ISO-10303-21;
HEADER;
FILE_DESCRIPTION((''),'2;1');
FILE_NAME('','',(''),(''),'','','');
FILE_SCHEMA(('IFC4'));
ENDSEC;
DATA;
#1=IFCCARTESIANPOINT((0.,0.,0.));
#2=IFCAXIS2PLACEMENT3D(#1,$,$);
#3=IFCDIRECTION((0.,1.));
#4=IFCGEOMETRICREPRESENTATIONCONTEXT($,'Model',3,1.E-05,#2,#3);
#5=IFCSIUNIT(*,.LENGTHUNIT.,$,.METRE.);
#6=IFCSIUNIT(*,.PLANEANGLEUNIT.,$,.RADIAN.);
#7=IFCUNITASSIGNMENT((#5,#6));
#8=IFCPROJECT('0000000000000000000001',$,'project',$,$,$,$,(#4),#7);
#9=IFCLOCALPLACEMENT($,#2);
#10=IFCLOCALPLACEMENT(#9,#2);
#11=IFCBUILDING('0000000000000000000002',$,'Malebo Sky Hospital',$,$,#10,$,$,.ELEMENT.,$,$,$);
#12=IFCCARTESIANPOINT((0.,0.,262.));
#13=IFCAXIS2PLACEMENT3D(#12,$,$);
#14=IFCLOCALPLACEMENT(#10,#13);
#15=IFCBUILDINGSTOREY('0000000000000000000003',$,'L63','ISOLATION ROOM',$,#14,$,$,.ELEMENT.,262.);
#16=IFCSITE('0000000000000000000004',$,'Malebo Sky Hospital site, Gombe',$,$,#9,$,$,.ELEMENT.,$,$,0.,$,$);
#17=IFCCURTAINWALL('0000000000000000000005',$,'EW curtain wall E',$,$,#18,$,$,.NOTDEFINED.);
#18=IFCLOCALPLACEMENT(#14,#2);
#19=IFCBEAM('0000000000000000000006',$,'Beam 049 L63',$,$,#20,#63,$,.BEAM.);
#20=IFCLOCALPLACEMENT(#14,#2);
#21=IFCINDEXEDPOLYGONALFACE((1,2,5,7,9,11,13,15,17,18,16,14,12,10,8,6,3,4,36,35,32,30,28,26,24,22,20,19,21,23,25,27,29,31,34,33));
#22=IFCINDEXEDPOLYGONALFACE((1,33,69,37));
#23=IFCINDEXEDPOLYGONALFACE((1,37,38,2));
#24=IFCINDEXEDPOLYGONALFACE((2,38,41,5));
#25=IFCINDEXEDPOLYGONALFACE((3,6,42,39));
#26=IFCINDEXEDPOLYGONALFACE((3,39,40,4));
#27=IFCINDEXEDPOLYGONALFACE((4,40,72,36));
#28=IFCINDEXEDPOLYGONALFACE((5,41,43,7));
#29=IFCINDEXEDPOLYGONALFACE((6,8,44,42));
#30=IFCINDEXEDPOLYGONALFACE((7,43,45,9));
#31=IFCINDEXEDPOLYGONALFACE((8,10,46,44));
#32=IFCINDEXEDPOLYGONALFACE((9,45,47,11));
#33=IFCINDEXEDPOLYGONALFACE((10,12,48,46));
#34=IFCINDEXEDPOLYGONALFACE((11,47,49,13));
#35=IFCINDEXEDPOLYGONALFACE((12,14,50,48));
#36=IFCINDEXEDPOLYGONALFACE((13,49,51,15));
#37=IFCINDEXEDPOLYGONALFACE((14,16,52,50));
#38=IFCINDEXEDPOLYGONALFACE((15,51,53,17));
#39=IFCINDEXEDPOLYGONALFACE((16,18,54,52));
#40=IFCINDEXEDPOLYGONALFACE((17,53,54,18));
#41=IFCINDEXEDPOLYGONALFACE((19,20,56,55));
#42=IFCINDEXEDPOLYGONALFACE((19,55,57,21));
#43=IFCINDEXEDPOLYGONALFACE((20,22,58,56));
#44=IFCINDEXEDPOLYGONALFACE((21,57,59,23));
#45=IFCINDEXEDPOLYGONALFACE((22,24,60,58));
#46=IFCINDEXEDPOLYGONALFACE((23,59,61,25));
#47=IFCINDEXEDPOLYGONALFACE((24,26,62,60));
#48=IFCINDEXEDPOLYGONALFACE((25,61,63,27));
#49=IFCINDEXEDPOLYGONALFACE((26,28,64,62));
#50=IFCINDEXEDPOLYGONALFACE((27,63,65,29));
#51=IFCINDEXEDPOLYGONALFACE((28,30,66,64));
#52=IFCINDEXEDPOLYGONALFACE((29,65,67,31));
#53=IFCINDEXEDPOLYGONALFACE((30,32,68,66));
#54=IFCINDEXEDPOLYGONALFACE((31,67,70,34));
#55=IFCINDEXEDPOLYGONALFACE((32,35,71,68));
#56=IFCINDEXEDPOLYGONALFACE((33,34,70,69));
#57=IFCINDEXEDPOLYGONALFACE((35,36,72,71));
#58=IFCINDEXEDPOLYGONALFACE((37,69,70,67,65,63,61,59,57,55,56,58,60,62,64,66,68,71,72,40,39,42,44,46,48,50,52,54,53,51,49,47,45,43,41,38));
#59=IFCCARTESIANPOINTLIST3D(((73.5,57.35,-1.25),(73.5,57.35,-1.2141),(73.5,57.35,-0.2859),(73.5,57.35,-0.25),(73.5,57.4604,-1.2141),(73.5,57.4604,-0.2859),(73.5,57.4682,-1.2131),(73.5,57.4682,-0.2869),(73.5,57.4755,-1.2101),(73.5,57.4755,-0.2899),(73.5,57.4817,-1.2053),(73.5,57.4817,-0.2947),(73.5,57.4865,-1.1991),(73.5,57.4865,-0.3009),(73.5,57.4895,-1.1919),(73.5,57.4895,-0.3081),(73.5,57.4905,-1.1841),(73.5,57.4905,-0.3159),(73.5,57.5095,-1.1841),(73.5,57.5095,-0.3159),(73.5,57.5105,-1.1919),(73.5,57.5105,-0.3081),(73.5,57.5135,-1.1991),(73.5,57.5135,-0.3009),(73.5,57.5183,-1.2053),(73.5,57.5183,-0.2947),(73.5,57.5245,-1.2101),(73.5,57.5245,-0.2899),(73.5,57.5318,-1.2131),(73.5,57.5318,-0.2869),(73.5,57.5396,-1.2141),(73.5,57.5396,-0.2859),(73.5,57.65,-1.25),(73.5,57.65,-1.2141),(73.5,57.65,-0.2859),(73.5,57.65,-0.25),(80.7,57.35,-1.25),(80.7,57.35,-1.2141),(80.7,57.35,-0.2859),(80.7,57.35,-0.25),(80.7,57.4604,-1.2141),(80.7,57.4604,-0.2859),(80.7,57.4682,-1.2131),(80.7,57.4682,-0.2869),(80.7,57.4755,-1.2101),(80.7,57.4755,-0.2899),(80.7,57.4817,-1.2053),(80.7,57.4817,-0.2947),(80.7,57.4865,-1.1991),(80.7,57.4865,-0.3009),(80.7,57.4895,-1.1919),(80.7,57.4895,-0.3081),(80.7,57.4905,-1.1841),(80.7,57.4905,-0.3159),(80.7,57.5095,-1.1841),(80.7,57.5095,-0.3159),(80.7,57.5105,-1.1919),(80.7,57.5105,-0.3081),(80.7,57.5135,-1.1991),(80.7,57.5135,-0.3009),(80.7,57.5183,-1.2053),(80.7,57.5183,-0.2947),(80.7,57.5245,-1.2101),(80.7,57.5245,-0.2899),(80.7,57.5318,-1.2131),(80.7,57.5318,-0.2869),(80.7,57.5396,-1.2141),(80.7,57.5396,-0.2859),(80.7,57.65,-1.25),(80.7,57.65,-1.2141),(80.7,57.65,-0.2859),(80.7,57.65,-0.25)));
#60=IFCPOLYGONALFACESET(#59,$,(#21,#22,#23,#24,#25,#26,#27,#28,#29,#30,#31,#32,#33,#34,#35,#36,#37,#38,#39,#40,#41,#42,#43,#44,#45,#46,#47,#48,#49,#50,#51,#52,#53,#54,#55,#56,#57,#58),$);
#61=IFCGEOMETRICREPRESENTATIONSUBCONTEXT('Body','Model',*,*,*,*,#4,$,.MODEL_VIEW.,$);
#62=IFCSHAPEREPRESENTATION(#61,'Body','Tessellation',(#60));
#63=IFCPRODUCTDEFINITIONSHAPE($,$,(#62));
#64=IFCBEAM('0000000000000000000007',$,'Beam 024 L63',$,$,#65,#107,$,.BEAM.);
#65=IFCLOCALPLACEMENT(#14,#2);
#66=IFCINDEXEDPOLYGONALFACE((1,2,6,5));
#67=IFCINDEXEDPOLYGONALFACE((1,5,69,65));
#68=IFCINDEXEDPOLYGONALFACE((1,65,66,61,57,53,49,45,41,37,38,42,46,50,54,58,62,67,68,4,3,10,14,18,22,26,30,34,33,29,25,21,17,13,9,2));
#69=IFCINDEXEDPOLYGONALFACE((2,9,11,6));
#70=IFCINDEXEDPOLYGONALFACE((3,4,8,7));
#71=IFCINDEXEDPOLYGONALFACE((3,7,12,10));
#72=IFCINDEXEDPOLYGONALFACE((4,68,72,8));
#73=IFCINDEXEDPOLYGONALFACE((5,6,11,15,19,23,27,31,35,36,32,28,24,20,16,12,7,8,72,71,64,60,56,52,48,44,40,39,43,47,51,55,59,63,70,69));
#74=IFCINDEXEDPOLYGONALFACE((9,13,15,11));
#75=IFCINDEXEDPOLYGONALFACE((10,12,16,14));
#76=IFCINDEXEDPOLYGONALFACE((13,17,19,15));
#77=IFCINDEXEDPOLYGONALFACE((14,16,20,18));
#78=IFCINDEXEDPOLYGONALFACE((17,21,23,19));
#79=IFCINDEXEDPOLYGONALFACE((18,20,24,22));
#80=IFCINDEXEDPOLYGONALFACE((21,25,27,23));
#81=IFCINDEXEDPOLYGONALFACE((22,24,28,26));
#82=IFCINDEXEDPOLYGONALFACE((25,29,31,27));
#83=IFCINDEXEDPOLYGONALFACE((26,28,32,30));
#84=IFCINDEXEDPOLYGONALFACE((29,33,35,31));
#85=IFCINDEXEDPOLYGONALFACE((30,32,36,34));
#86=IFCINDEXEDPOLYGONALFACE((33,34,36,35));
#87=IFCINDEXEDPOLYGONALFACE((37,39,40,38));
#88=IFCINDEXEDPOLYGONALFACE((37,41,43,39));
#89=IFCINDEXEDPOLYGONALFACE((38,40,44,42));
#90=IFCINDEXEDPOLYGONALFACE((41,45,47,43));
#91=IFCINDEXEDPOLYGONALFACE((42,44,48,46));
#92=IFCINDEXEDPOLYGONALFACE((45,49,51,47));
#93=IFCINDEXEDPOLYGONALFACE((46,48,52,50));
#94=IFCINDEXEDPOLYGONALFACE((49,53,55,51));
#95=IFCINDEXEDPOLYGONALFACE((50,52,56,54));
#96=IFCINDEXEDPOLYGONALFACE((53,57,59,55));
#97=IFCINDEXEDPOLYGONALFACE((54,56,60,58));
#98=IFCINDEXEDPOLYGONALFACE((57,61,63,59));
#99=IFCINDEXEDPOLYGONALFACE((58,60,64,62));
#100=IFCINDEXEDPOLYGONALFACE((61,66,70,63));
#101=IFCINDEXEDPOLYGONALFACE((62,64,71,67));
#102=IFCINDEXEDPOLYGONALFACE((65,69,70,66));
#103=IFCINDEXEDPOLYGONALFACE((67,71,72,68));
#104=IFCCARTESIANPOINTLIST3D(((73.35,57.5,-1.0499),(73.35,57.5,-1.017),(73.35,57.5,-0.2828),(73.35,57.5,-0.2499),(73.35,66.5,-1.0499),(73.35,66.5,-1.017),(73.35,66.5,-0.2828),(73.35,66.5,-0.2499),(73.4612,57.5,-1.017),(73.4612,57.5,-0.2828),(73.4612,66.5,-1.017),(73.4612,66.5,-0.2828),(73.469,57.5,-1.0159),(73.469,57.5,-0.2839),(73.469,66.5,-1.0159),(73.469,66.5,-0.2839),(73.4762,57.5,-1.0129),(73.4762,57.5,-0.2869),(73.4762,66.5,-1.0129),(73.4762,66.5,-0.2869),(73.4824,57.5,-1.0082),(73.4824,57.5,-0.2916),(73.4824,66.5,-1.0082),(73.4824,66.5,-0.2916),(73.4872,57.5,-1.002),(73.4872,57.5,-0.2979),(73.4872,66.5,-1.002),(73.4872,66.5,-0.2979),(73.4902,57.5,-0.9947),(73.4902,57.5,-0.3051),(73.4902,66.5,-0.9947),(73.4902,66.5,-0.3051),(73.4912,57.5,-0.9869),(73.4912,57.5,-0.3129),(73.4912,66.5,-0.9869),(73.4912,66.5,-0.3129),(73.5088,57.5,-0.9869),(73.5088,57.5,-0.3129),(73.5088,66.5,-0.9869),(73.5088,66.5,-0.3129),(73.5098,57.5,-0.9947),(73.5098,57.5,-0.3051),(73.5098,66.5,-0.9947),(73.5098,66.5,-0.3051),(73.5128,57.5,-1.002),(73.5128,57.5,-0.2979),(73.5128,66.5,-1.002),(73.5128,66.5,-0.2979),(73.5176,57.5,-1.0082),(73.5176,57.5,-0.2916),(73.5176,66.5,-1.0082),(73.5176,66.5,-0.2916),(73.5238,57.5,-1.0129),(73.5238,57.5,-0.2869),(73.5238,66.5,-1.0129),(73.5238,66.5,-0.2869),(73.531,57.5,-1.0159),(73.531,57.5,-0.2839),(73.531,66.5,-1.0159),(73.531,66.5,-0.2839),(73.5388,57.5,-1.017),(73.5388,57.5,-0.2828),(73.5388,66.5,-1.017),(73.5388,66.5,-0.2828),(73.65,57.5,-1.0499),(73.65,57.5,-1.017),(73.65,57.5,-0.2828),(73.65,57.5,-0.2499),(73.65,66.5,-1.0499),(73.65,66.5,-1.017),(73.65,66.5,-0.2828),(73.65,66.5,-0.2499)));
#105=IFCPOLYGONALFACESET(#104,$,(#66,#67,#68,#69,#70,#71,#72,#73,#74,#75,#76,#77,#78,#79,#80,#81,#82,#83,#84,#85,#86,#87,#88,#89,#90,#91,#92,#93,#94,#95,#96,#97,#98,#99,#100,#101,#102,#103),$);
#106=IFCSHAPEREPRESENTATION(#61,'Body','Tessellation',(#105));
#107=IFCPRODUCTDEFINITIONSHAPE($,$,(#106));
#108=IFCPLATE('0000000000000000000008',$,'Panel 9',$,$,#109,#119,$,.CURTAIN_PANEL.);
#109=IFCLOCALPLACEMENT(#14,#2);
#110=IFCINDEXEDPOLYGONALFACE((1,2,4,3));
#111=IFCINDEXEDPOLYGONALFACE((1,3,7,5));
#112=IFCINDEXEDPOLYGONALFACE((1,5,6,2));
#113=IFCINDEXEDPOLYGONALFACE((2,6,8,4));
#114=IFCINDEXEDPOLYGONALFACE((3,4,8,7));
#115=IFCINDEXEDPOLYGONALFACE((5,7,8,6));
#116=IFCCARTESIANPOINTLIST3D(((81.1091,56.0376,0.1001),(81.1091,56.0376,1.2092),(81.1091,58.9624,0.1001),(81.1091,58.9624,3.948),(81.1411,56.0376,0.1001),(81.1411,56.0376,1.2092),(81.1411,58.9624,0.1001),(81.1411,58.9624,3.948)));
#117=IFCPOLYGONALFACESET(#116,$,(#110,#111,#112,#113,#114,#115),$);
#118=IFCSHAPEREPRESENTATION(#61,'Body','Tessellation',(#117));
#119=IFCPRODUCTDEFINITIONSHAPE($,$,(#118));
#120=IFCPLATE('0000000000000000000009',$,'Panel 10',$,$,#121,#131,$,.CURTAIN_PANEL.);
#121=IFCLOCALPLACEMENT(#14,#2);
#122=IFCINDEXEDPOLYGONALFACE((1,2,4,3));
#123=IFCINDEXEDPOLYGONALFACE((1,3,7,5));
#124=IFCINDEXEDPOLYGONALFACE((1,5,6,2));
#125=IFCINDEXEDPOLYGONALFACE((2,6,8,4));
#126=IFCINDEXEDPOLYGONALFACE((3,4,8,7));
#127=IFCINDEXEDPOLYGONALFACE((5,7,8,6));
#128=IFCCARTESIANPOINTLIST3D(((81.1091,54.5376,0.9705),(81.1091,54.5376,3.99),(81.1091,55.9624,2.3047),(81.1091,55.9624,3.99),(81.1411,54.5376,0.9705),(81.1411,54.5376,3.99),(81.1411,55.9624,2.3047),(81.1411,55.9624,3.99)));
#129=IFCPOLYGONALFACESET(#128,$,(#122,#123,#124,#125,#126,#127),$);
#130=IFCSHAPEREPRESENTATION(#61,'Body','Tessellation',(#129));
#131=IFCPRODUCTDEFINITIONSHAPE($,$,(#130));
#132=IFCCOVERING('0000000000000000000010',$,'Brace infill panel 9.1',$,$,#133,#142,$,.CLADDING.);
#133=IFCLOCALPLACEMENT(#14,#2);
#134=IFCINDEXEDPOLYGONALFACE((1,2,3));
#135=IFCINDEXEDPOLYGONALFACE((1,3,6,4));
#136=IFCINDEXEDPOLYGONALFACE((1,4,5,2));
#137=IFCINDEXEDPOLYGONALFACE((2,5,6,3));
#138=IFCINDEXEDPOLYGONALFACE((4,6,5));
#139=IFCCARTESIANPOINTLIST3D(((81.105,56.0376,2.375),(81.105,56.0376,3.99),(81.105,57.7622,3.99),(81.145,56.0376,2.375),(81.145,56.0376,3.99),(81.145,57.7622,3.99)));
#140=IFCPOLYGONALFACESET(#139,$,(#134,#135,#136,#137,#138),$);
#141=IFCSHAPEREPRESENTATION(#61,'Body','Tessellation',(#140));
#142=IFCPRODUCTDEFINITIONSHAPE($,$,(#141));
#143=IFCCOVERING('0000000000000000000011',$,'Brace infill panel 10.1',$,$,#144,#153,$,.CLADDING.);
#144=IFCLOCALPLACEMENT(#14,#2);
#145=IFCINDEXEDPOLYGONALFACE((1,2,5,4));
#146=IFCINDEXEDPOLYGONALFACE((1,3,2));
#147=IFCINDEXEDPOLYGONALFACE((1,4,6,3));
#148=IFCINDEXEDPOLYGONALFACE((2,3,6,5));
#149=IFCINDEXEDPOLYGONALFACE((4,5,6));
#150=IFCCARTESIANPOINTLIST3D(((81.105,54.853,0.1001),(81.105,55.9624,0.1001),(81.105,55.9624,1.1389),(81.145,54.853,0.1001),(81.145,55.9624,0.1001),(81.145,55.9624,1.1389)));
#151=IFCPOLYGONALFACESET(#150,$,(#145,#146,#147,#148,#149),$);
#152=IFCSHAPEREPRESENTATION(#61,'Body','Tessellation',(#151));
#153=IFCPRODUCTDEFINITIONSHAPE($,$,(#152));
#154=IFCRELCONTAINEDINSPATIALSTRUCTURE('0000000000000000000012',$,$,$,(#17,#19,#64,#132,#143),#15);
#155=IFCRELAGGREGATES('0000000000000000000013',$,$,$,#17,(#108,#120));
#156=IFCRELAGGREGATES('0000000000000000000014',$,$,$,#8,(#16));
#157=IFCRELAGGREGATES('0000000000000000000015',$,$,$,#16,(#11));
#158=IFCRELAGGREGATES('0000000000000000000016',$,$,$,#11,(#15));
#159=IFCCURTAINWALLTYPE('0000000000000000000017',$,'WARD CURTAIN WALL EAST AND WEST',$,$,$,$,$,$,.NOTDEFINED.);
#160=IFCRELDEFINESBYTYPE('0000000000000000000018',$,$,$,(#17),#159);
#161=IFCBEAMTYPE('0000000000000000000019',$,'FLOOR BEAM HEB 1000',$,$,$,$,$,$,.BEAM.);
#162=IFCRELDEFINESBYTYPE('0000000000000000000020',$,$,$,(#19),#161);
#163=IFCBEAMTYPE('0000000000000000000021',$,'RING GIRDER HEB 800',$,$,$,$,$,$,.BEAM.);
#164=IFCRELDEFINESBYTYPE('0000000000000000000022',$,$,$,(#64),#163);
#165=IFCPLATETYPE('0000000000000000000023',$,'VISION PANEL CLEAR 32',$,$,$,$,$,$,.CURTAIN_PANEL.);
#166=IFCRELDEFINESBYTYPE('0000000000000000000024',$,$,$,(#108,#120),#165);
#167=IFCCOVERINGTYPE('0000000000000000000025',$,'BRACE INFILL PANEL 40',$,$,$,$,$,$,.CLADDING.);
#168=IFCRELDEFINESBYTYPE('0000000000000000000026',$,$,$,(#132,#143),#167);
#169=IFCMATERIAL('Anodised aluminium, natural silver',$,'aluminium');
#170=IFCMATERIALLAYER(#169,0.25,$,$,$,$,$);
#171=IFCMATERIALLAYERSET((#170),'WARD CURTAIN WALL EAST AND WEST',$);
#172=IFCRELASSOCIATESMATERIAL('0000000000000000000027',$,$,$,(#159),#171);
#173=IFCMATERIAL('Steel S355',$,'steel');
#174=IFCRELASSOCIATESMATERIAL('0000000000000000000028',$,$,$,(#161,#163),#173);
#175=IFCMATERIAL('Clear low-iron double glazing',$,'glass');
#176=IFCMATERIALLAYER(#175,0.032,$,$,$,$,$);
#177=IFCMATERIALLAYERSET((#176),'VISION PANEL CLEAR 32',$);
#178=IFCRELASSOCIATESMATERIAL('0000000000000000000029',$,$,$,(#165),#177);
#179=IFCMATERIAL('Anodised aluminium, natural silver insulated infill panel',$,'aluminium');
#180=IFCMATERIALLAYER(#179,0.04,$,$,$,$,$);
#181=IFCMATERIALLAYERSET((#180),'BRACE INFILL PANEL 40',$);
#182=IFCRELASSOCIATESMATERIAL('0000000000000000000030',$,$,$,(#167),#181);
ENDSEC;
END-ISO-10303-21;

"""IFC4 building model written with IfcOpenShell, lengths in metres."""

from ifc_helpers import new_model, si_unit, direction, frame, origin, origin_2d, place, context, subcontext, project, spatial, polyline, i_section, outline, extrude, material, layer, layer_set, material_profile, profile_set, type_object, element, aggregate, save


model = new_model("IFC4")

# Units and contexts
model_context = context("Model", 3, precision=1e-05, world=origin(), true_north=direction((0.0, 1.0)))
body_context = subcontext(model_context, "Body", "Model", "MODEL_VIEW")
ifc_project = project(units=[si_unit("LENGTHUNIT", "METRE"), si_unit("PLANEANGLEUNIT", "RADIAN")], contexts=[model_context])

# Site, building, storey
site_placement = place(None, origin())
site = spatial("IfcSite", under=ifc_project, at=site_placement, Name="Malebo Sky Hospital site, Gombe", CompositionType="ELEMENT", RefElevation=0.0)
building_placement = place(site_placement, origin())
building = spatial("IfcBuilding", under=site, at=building_placement, Name="Malebo Sky Hospital", CompositionType="ELEMENT")
storey_placement = place(building_placement, frame((0.0, 0.0, 262.0)))
storey = spatial("IfcBuildingStorey", under=building, at=storey_placement, Name="L63", Description="ISOLATION ROOM", CompositionType="ELEMENT", Elevation=262.0)

# Curtain wall
ifc_material_1 = material(Name="Anodised aluminium, natural silver", Category="aluminium")
ifc_layer_1 = layer(ifc_material_1, 0.25)
ifc_layer_set_1 = layer_set([ifc_layer_1], Name="WARD CURTAIN WALL EAST AND WEST")
curtain_wall_type = type_object("IfcCurtainWallType", Name="WARD CURTAIN WALL EAST AND WEST", PredefinedType="NOTDEFINED", material=ifc_layer_set_1)
curtain_wall_placement = place(storey_placement, origin())
curtain_wall = element("IfcCurtainWall", 1, at=curtain_wall_placement, inside=storey, type_object=curtain_wall_type, Name="EW curtain wall E", PredefinedType="NOTDEFINED")

# Beams
ifc_material_2 = material(Name="Steel S355", Category="steel")
ifc_material_profile_1 = material_profile(ifc_material_2, i_section(OverallWidth=0.3, OverallDepth=1.0, WebThickness=0.019, FlangeThickness=0.0359, FilletRadius=0.03, at=origin_2d()), Name="HEB 1000")
ifc_profile_set_1 = profile_set([ifc_material_profile_1], Name="Steel S355")
beam_type_1 = type_object("IfcBeamType", Name="FLOOR BEAM HEB 1000", PredefinedType="BEAM", material=ifc_profile_set_1)
beam_1_placement = place(storey_placement, frame((73.5, 57.5, -0.75), z_axis=(1.0, 0.0, 0.0), x_axis=(0.0, 1.0, 0.0)))
element("IfcBeam", 2, at=beam_1_placement, inside=storey, type_object=beam_type_1, Name="Beam 049 L63", PredefinedType="BEAM", context=body_context, shape_type="SweptSolid", body=[
    extrude(i_section(OverallWidth=0.3, OverallDepth=1.0, WebThickness=0.019, FlangeThickness=0.0359, FilletRadius=0.03, at=origin_2d()), origin(), (0.0, 0.0, 1.0), 7.2),
])
ifc_material_profile_2 = material_profile(ifc_material_2, i_section(OverallWidth=0.3, OverallDepth=0.8, WebThickness=0.0176, FlangeThickness=0.033, FilletRadius=0.03, at=origin_2d()), Name="HEB 800")
ifc_profile_set_2 = profile_set([ifc_material_profile_2], Name="Steel S355")
beam_type_2 = type_object("IfcBeamType", Name="RING GIRDER HEB 800", PredefinedType="BEAM", material=ifc_profile_set_2)
beam_2_placement = place(storey_placement, frame((73.5, 57.5, -0.6499), z_axis=(0.0, 1.0, 0.0), x_axis=(-1.0, 0.0, 0.0)))
element("IfcBeam", 3, at=beam_2_placement, inside=storey, type_object=beam_type_2, Name="Beam 024 L63", PredefinedType="BEAM", context=body_context, shape_type="SweptSolid", body=[
    extrude(i_section(OverallWidth=0.3, OverallDepth=0.8, WebThickness=0.0176, FlangeThickness=0.033, FilletRadius=0.03, at=origin_2d()), origin(), (0.0, 0.0, 1.0), 9.0),
])

# Plates
ifc_material_3 = material(Name="Clear low-iron double glazing", Category="glass")
ifc_layer_2 = layer(ifc_material_3, 0.032)
ifc_layer_set_2 = layer_set([ifc_layer_2], Name="VISION PANEL CLEAR 32")
plate_type = type_object("IfcPlateType", Name="VISION PANEL CLEAR 32", PredefinedType="CURTAIN_PANEL", material=ifc_layer_set_2)
plate_1_placement = place(storey_placement, frame((81.125, 57.5, 0.1001), z_axis=(0.0, 0.0, 1.0), x_axis=(0.0, -1.0, 0.0)))
plate_1 = element("IfcPlate", 4, at=plate_1_placement, type_object=plate_type, Name="Panel 9", PredefinedType="CURTAIN_PANEL", context=body_context, shape_type="SweptSolid", body=[
    extrude(outline(polyline([(-1.4624, 0.0), (1.4624, 0.0), (1.4624, 1.1091), (-1.4624, 3.8479), (-1.4624, 0.0)])), frame((0.0, 0.0161, 0.0), z_axis=(0.0, -1.0, 0.0), x_axis=(1.0, 0.0, 0.0)), (0.0, 0.0, 1.0), 0.032),
])
plate_2_placement = place(storey_placement, frame((81.125, 55.25, 0.9705), z_axis=(0.0, 0.0, 1.0), x_axis=(0.0, -1.0, 0.0)))
plate_2 = element("IfcPlate", 5, at=plate_2_placement, type_object=plate_type, Name="Panel 10", PredefinedType="CURTAIN_PANEL", context=body_context, shape_type="SweptSolid", body=[
    extrude(outline(polyline([(0.7124, 0.0), (0.7124, 3.0195), (-0.7124, 3.0195), (-0.7124, 1.3342), (0.7124, 0.0)])), frame((0.0, 0.0161, 0.0), z_axis=(0.0, -1.0, 0.0), x_axis=(1.0, 0.0, 0.0)), (0.0, 0.0, 1.0), 0.032),
])
aggregate(curtain_wall, [plate_1, plate_2])

# Coverings
ifc_material_4 = material(Name="Anodised aluminium, natural silver insulated infill panel", Category="aluminium")
ifc_layer_3 = layer(ifc_material_4, 0.04)
ifc_layer_set_3 = layer_set([ifc_layer_3], Name="BRACE INFILL PANEL 40")
covering_type = type_object("IfcCoveringType", Name="BRACE INFILL PANEL 40", PredefinedType="CLADDING", material=ifc_layer_set_3)
covering_1_placement = place(storey_placement, frame((81.125, 56.8999, 2.375), z_axis=(0.0, 0.0, 1.0), x_axis=(0.0, -1.0, 0.0)))
element("IfcCovering", 6, at=covering_1_placement, inside=storey, type_object=covering_type, Name="Brace infill panel 9.1", PredefinedType="CLADDING", context=body_context, shape_type="SweptSolid", body=[
    extrude(outline(polyline([(0.8623, 0.0), (0.8623, 1.615), (-0.8623, 1.615), (0.8623, 0.0)])), frame((0.0, 0.02, 0.0), z_axis=(0.0, -1.0, 0.0), x_axis=(1.0, 0.0, 0.0)), (0.0, 0.0, 1.0), 0.04),
])
covering_2_placement = place(storey_placement, frame((81.125, 55.4077, 0.1001), z_axis=(0.0, 0.0, 1.0), x_axis=(0.0, -1.0, 0.0)))
element("IfcCovering", 7, at=covering_2_placement, inside=storey, type_object=covering_type, Name="Brace infill panel 10.1", PredefinedType="CLADDING", context=body_context, shape_type="SweptSolid", body=[
    extrude(outline(polyline([(-0.5547, 0.0), (0.5547, 0.0), (-0.5547, 1.0388), (-0.5547, 0.0)])), frame((0.0, 0.02, 0.0), z_axis=(0.0, -1.0, 0.0), x_axis=(1.0, 0.0, 0.0)), (0.0, 0.0, 1.0), 0.04),
])

save(model, "model.ifc")
